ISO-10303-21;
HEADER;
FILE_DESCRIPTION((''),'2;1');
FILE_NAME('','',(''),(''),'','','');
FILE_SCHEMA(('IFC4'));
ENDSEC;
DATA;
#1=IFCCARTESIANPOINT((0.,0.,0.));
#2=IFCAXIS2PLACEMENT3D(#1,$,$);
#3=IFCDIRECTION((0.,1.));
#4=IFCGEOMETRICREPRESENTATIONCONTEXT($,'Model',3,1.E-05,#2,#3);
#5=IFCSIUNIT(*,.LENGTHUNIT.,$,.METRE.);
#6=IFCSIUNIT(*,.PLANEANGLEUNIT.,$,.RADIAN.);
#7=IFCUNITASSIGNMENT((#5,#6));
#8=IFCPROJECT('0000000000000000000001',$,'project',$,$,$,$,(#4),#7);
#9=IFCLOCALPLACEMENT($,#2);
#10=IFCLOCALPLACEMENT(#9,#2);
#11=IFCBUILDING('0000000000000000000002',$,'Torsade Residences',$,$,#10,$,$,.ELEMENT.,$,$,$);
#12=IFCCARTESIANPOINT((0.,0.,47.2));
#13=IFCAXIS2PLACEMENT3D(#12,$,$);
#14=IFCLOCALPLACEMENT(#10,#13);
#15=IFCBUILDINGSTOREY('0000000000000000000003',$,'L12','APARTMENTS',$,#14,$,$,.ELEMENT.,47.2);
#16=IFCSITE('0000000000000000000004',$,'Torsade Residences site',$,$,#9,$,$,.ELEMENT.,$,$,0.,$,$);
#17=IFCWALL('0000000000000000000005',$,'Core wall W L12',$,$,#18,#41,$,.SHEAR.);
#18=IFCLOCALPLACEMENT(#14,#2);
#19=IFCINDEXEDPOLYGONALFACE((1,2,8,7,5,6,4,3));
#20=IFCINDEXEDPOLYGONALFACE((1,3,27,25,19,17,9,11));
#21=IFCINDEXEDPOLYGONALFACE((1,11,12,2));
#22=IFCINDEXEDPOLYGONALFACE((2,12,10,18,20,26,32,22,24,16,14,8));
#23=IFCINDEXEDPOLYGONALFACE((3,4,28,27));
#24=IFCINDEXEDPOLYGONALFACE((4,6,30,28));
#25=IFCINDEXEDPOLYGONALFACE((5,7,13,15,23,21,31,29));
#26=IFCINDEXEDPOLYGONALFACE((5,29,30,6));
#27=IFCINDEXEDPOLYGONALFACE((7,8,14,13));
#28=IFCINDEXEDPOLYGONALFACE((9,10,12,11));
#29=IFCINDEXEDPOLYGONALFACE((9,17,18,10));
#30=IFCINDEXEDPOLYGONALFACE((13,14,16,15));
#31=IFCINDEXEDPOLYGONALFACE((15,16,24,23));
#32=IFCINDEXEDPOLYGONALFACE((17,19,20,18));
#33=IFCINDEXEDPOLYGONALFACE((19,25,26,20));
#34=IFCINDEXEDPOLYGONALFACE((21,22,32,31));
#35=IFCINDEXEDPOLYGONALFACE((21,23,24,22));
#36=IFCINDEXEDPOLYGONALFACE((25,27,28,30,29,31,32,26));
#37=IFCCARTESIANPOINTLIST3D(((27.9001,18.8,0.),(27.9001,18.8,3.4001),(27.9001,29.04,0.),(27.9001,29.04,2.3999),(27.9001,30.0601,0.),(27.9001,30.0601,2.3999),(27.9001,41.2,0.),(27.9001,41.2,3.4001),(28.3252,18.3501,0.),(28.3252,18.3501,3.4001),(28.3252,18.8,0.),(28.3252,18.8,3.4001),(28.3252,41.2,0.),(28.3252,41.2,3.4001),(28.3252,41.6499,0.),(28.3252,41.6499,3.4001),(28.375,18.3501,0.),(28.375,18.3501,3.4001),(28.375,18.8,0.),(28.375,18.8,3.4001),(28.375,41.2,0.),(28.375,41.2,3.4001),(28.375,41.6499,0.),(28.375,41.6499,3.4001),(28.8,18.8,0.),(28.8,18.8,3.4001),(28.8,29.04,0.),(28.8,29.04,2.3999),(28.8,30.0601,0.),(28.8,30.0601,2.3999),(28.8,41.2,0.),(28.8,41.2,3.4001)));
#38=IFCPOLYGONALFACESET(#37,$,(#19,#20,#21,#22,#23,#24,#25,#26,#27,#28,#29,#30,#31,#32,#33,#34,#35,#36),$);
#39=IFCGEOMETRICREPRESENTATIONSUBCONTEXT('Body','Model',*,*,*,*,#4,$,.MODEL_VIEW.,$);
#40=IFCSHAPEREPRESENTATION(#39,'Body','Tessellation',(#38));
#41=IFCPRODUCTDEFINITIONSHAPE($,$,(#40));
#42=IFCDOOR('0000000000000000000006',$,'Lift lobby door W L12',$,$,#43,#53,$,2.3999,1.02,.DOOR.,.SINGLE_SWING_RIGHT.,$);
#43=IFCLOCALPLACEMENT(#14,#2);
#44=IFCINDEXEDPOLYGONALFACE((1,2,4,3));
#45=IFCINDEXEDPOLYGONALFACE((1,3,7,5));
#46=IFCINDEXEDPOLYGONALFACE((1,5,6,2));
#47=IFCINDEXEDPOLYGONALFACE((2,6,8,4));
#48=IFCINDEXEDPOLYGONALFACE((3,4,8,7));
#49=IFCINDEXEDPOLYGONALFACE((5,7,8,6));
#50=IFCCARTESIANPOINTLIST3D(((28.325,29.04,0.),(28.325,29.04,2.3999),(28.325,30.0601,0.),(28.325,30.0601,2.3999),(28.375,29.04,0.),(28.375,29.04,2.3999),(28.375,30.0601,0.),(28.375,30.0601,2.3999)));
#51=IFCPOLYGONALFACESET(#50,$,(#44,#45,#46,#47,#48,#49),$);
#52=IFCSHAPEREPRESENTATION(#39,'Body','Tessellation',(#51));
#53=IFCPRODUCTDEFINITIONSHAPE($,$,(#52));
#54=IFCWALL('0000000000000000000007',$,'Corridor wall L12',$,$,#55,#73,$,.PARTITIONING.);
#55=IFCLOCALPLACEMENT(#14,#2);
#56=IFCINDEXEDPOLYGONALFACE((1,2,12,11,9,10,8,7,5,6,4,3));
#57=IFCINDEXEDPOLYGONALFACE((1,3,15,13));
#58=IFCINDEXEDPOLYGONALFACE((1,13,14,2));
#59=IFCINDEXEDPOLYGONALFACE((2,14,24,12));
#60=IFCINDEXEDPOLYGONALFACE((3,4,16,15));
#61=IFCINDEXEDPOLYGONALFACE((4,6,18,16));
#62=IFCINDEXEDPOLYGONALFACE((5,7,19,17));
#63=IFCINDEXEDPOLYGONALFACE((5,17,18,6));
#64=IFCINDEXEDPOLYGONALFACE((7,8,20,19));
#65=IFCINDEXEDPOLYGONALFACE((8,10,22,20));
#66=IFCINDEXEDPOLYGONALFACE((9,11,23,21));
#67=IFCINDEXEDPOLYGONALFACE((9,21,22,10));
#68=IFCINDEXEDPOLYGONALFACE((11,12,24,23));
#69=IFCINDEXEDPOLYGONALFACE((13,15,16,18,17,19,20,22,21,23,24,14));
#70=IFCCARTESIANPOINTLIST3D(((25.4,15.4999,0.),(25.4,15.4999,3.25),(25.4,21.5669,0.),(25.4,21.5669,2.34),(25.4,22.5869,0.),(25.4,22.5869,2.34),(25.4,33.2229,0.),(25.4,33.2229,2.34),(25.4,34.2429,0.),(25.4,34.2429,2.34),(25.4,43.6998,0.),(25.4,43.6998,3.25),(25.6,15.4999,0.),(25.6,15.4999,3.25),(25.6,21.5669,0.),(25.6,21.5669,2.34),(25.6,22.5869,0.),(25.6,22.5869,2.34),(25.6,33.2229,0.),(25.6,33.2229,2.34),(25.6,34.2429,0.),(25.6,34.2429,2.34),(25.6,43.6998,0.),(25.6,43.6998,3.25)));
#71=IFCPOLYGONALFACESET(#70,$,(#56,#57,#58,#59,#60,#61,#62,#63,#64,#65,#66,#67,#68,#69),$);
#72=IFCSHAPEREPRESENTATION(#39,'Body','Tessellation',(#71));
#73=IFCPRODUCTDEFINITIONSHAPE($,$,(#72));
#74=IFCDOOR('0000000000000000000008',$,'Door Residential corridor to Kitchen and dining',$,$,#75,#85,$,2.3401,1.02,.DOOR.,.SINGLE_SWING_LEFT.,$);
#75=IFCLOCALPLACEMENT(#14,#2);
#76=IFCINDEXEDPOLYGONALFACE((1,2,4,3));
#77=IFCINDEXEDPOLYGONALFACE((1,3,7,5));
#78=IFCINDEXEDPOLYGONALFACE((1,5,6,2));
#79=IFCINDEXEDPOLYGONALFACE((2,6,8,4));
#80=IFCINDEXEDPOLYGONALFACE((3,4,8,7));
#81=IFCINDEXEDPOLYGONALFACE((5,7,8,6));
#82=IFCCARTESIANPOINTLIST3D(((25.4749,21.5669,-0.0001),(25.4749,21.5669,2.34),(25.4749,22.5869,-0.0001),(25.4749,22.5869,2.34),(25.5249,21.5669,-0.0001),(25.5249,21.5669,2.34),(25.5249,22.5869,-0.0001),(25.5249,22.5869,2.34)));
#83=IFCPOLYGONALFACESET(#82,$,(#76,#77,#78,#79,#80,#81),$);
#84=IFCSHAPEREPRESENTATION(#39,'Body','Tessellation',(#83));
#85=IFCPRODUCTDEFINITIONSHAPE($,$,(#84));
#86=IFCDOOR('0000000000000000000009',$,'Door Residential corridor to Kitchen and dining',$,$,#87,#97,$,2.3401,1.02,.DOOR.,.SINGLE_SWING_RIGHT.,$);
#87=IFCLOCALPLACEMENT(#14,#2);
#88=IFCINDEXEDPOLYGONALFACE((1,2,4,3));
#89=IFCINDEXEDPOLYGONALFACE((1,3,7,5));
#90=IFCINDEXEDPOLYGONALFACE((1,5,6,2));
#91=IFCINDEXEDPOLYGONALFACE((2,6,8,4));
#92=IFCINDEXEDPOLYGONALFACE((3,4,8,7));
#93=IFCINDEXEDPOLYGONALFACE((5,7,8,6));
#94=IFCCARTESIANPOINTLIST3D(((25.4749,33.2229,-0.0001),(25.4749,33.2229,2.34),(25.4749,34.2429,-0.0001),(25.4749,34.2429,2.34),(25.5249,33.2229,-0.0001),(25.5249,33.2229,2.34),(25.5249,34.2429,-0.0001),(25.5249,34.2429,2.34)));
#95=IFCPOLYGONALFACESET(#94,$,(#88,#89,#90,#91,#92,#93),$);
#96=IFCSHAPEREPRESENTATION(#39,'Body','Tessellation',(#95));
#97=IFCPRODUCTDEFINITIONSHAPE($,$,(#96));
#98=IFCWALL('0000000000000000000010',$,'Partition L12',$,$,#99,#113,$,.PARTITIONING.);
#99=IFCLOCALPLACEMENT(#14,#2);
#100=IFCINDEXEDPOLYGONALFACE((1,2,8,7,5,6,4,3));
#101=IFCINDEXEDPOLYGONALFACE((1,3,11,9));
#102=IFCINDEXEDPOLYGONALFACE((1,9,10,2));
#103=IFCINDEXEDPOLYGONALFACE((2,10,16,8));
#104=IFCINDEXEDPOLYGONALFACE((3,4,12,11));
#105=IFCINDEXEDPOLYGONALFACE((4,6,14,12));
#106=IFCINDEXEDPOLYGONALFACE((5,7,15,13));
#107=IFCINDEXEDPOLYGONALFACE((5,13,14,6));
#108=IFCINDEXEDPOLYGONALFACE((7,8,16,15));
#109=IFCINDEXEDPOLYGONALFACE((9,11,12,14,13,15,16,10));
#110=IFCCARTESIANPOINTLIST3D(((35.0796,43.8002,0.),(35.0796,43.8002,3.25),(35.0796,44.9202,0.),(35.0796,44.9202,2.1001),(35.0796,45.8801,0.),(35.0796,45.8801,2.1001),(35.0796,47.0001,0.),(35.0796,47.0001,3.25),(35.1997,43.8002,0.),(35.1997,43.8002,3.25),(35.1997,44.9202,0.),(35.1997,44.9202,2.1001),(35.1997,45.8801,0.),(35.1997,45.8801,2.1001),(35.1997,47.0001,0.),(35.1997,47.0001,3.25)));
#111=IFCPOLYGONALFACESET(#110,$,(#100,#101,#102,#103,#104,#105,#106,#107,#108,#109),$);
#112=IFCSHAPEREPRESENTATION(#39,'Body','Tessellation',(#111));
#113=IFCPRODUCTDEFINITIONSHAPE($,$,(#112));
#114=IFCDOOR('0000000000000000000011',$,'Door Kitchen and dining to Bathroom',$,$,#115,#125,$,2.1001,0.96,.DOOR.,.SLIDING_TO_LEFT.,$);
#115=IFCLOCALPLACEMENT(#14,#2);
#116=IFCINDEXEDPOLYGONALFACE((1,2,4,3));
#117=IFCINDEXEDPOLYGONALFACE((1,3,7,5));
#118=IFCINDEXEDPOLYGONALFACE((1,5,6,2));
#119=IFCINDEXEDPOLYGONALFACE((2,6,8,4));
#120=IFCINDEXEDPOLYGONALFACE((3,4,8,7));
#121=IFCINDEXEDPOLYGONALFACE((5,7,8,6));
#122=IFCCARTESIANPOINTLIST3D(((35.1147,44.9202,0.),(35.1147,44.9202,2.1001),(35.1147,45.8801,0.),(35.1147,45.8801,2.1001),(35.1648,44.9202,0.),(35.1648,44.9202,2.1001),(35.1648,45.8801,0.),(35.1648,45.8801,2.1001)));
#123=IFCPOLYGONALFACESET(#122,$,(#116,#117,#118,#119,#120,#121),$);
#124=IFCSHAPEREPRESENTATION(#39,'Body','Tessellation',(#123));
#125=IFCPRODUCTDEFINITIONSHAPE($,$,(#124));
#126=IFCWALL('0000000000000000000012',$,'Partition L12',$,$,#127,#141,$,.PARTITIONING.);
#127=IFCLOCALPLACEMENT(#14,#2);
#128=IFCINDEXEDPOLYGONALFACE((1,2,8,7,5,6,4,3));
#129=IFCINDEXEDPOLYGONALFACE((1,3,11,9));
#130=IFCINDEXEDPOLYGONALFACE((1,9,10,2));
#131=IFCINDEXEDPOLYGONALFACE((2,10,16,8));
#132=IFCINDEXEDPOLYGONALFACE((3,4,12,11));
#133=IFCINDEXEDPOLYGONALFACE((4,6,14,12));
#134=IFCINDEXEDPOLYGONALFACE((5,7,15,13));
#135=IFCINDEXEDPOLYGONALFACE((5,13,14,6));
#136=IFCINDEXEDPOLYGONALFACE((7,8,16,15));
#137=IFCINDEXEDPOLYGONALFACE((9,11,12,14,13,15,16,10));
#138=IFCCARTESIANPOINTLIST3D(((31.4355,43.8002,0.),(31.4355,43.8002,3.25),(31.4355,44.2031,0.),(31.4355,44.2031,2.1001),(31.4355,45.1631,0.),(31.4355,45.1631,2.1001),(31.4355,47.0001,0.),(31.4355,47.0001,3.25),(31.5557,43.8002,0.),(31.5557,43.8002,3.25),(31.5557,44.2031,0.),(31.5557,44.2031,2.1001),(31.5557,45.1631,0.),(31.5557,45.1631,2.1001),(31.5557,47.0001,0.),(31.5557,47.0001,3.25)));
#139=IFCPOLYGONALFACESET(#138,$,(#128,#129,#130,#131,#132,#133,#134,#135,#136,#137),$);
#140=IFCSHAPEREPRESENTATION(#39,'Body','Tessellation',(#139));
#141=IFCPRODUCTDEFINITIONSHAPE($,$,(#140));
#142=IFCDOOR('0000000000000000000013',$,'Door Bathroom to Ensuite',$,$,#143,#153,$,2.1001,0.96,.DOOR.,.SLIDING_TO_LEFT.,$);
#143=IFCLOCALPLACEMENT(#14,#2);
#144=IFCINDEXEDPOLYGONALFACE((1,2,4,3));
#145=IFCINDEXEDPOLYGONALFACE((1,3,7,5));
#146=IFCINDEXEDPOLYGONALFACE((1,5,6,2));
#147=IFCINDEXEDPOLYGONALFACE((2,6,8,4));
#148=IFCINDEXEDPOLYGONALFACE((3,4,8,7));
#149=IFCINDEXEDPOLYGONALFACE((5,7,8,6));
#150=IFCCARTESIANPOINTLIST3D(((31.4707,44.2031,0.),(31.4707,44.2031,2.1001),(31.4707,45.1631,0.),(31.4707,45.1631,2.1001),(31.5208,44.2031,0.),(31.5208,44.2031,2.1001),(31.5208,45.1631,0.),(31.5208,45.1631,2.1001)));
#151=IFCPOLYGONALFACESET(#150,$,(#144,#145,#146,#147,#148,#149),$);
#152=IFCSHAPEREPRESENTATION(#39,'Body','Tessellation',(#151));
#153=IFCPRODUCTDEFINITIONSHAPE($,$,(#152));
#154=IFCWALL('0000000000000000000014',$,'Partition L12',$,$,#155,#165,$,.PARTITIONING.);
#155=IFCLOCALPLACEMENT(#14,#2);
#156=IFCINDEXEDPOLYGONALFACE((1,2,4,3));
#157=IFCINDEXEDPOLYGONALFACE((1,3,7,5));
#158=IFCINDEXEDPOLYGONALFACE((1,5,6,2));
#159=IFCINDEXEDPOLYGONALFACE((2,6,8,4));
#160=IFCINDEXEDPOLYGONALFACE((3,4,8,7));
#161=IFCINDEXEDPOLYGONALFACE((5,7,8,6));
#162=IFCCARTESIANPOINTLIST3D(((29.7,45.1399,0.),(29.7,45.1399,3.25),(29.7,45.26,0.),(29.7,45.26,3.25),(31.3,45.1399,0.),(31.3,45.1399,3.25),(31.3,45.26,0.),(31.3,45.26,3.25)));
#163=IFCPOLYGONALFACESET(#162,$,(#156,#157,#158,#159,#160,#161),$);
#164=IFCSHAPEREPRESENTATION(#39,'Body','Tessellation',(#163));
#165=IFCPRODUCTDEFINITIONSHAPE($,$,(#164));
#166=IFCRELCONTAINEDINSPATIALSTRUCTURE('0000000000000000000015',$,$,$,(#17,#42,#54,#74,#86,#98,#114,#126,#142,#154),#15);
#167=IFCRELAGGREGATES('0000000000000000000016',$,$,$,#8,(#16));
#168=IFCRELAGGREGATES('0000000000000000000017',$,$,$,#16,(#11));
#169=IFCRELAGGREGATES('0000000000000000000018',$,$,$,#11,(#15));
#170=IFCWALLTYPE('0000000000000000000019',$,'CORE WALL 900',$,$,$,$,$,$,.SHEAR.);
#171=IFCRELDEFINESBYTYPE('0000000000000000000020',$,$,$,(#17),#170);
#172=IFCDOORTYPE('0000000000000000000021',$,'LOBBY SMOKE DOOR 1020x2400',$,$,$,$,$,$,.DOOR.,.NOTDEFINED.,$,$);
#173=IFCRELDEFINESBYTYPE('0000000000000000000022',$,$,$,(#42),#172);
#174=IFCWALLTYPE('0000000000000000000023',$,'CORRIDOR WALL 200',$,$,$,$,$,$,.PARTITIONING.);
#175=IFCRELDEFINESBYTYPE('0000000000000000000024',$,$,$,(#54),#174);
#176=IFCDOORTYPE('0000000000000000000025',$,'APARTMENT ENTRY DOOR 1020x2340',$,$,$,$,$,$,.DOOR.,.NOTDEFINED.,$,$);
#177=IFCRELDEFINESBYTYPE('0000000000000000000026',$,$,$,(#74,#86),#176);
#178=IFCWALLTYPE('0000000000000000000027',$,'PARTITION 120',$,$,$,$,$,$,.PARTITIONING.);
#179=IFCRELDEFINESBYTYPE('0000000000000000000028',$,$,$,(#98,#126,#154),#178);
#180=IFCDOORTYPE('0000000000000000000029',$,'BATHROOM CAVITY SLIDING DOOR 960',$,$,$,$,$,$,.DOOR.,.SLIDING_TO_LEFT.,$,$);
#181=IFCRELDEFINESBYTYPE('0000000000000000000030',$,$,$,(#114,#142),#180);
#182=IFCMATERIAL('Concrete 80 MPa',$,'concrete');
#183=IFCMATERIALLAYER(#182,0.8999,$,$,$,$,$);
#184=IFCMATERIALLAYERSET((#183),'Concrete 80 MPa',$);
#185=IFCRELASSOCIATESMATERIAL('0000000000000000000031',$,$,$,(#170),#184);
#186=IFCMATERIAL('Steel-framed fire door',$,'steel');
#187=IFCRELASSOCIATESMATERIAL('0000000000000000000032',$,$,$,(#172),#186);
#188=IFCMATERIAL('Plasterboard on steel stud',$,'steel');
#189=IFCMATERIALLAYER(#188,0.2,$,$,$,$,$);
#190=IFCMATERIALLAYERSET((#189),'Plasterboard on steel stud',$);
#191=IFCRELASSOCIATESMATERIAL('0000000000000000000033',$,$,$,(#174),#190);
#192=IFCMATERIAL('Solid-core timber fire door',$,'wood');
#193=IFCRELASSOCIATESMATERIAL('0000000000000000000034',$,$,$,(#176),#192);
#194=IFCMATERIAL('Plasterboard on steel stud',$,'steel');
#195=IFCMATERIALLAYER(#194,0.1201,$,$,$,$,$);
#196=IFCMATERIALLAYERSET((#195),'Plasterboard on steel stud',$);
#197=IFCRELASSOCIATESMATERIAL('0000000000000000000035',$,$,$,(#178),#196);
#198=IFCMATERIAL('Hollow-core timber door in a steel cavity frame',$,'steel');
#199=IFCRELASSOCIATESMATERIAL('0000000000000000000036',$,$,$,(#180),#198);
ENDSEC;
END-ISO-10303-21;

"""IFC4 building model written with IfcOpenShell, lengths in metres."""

from ifc_helpers import new_model, si_unit, direction, frame, frame_2d, origin, place, context, subcontext, project, spatial, polyline, rectangle, outline, extrude, material, layer, layer_set, type_object, element, fill, save


model = new_model("IFC4")

# Units and contexts
model_context = context("Model", 3, precision=1e-05, world=origin(), true_north=direction((0.0, 1.0)))
body_context = subcontext(model_context, "Body", "Model", "MODEL_VIEW")
ifc_project = project(units=[si_unit("LENGTHUNIT", "METRE"), si_unit("PLANEANGLEUNIT", "RADIAN")], contexts=[model_context])

# Site, building, storey
site_placement = place(None, origin())
site = spatial("IfcSite", under=ifc_project, at=site_placement, Name="Torsade Residences site", CompositionType="ELEMENT", RefElevation=0.0)
building_placement = place(site_placement, origin())
building = spatial("IfcBuilding", under=site, at=building_placement, Name="Torsade Residences", CompositionType="ELEMENT")
storey_placement = place(building_placement, frame((0.0, 0.0, 47.2)))
storey = spatial("IfcBuildingStorey", under=building, at=storey_placement, Name="L12", Description="APARTMENTS", CompositionType="ELEMENT", Elevation=47.2)

# Shared definitions
ifc_material_1 = material(Name="Concrete 80 MPa", Category="concrete")
ifc_layer_1 = layer(ifc_material_1, 0.8999)
ifc_layer_set_1 = layer_set([ifc_layer_1], Name="Concrete 80 MPa")
wall_type_1 = type_object("IfcWallType", Name="CORE WALL 900", PredefinedType="SHEAR", material=ifc_layer_set_1)

# Wall, opening, door
wall_1_placement = place(storey_placement, frame((28.3501, 41.2, 0.0), z_axis=(0.0, 0.0, 1.0), x_axis=(0.0, -1.0, 0.0)))
wall_1 = element("IfcWall", 1, at=wall_1_placement, inside=storey, type_object=wall_type_1, Name="Core wall W L12", PredefinedType="SHEAR", context=body_context, shape_type="SweptSolid", body=[
    extrude(outline(polyline([(0.0, -0.45), (22.3999, -0.45), (22.3999, -0.0249), (22.8499, -0.0249), (22.8499, 0.0249), (22.3999, 0.0249), (22.3999, 0.45), (0.0, 0.45), (0.0, 0.0249), (-0.45, 0.0249), (-0.45, -0.0249), (0.0, -0.0249), (0.0, -0.45)])), origin(), (0.0, 0.0, 1.0), 3.4001),
])
opening_1_placement = place(wall_1_placement, frame((11.1399, 0.0, 0.0)))
opening_1 = element("IfcOpeningElement", 2, at=opening_1_placement, cuts=wall_1, PredefinedType="OPENING", context=body_context, shape_type="SweptSolid", body=[
    extrude(rectangle(XDim=1.02, YDim=2.3999, at=frame_2d((0.51, 1.2))), frame((0.0, 0.46, 0.0), z_axis=(0.0, -1.0, 0.0), x_axis=(1.0, 0.0, 0.0)), (0.0, 0.0, 1.0), 0.9199),
])
ifc_material_2 = material(Name="Steel-framed fire door", Category="steel")
door_type_1 = type_object("IfcDoorType", Name="LOBBY SMOKE DOOR 1020x2400", OperationType="NOTDEFINED", PredefinedType="DOOR", material=ifc_material_2)
door_1_placement = place(opening_1_placement, origin())
door_1 = element("IfcDoor", 3, at=door_1_placement, inside=storey, type_object=door_type_1, Name="Lift lobby door W L12", OperationType="SINGLE_SWING_RIGHT", OverallHeight=2.3999, OverallWidth=1.02, PredefinedType="DOOR", context=body_context, shape_type="SweptSolid", body=[
    extrude(rectangle(XDim=1.02, YDim=2.3999, at=frame_2d((0.51, 1.2))), frame((0.0, 0.0249, 0.0), z_axis=(0.0, -1.0, 0.0), x_axis=(1.0, 0.0, 0.0)), (0.0, 0.0, 1.0), 0.05),
])
fill(opening_1, door_1)

# Wall, openings, doors
ifc_material_3 = material(Name="Plasterboard on steel stud", Category="steel")
ifc_layer_2 = layer(ifc_material_3, 0.2)
ifc_layer_set_2 = layer_set([ifc_layer_2], Name="Plasterboard on steel stud")
wall_type_2 = type_object("IfcWallType", Name="CORRIDOR WALL 200", PredefinedType="PARTITIONING", material=ifc_layer_set_2)
wall_2_placement = place(storey_placement, frame((25.5, 43.7, 0.0), z_axis=(0.0, 0.0, 1.0), x_axis=(0.0, -1.0, 0.0)))
wall_2 = element("IfcWall", 4, at=wall_2_placement, inside=storey, type_object=wall_type_2, Name="Corridor wall L12", PredefinedType="PARTITIONING", context=body_context, shape_type="SweptSolid", body=[
    extrude(rectangle(XDim=28.2, YDim=0.2, at=frame_2d((14.1001, 0.0))), origin(), (0.0, 0.0, 1.0), 3.25),
])
opening_2_placement = place(wall_2_placement, frame((21.113, 0.0, 0.0)))
opening_2 = element("IfcOpeningElement", 5, at=opening_2_placement, cuts=wall_2, PredefinedType="OPENING", context=body_context, shape_type="SweptSolid", body=[
    extrude(rectangle(XDim=1.02, YDim=2.3401, at=frame_2d((0.51, 1.1699))), frame((0.0, 0.1099, 0.0), z_axis=(0.0, -1.0, 0.0), x_axis=(1.0, 0.0, 0.0)), (0.0, 0.0, 1.0), 0.22),
])
opening_3_placement = place(wall_2_placement, frame((9.457, 0.0, 0.0)))
opening_3 = element("IfcOpeningElement", 6, at=opening_3_placement, cuts=wall_2, PredefinedType="OPENING", context=body_context, shape_type="SweptSolid", body=[
    extrude(rectangle(XDim=1.02, YDim=2.3401, at=frame_2d((0.51, 1.1699))), frame((0.0, 0.1099, 0.0), z_axis=(0.0, -1.0, 0.0), x_axis=(1.0, 0.0, 0.0)), (0.0, 0.0, 1.0), 0.22),
])
ifc_material_4 = material(Name="Solid-core timber fire door", Category="wood")
door_type_2 = type_object("IfcDoorType", Name="APARTMENT ENTRY DOOR 1020x2340", OperationType="NOTDEFINED", PredefinedType="DOOR", material=ifc_material_4)
door_2_placement = place(opening_2_placement, origin())
door_2 = element("IfcDoor", 7, at=door_2_placement, inside=storey, type_object=door_type_2, Name="Door Residential corridor to Kitchen and dining", OperationType="SINGLE_SWING_LEFT", OverallHeight=2.3401, OverallWidth=1.02, PredefinedType="DOOR", context=body_context, shape_type="SweptSolid", body=[
    extrude(rectangle(XDim=1.02, YDim=2.3401, at=frame_2d((0.51, 1.1699))), frame((0.0, 0.0249, 0.0), z_axis=(0.0, -1.0, 0.0), x_axis=(1.0, 0.0, 0.0)), (0.0, 0.0, 1.0), 0.05),
])
fill(opening_2, door_2)
door_3_placement = place(opening_3_placement, origin())
door_3 = element("IfcDoor", 8, at=door_3_placement, inside=storey, type_object=door_type_2, Name="Door Residential corridor to Kitchen and dining", OperationType="SINGLE_SWING_RIGHT", OverallHeight=2.3401, OverallWidth=1.02, PredefinedType="DOOR", context=body_context, shape_type="SweptSolid", body=[
    extrude(rectangle(XDim=1.02, YDim=2.3401, at=frame_2d((0.51, 1.1699))), frame((0.0, 0.0249, 0.0), z_axis=(0.0, -1.0, 0.0), x_axis=(1.0, 0.0, 0.0)), (0.0, 0.0, 1.0), 0.05),
])
fill(opening_3, door_3)

# Walls, openings, doors
ifc_material_5 = material(Name="Plasterboard on steel stud", Category="steel")
ifc_layer_3 = layer(ifc_material_5, 0.1201)
ifc_layer_set_3 = layer_set([ifc_layer_3], Name="Plasterboard on steel stud")
wall_type_3 = type_object("IfcWallType", Name="PARTITION 120", PredefinedType="PARTITIONING", material=ifc_layer_set_3)
wall_3_placement = place(storey_placement, frame((35.1396, 43.8, 0.0), z_axis=(0.0, 0.0, 1.0), x_axis=(0.0, 1.0, 0.0)))
wall_3 = element("IfcWall", 9, at=wall_3_placement, inside=storey, type_object=wall_type_3, Name="Partition L12", PredefinedType="PARTITIONING", context=body_context, shape_type="SweptSolid", body=[
    extrude(rectangle(XDim=3.2, YDim=0.1201, at=frame_2d((1.6001, 0.0))), origin(), (0.0, 0.0, 1.0), 3.25),
])
opening_4_placement = place(wall_3_placement, frame((1.1201, 0.0, 0.0)))
opening_4 = element("IfcOpeningElement", 10, at=opening_4_placement, cuts=wall_3, PredefinedType="OPENING", context=body_context, shape_type="SweptSolid", body=[
    extrude(rectangle(XDim=0.96, YDim=2.1001, at=frame_2d((0.48, 1.05))), frame((0.0, 0.0701, 0.0), z_axis=(0.0, -1.0, 0.0), x_axis=(1.0, 0.0, 0.0)), (0.0, 0.0, 1.0), 0.1401),
])
ifc_material_6 = material(Name="Hollow-core timber door in a steel cavity frame", Category="steel")
door_type_3 = type_object("IfcDoorType", Name="BATHROOM CAVITY SLIDING DOOR 960", OperationType="SLIDING_TO_LEFT", PredefinedType="DOOR", material=ifc_material_6)
door_4_placement = place(opening_4_placement, origin())
door_4 = element("IfcDoor", 11, at=door_4_placement, inside=storey, type_object=door_type_3, Name="Door Kitchen and dining to Bathroom", OperationType="SLIDING_TO_LEFT", OverallHeight=2.1001, OverallWidth=0.96, PredefinedType="DOOR", context=body_context, shape_type="SweptSolid", body=[
    extrude(rectangle(XDim=0.96, YDim=2.1001, at=frame_2d((0.48, 1.05))), frame((0.0, 0.0249, 0.0), z_axis=(0.0, -1.0, 0.0), x_axis=(1.0, 0.0, 0.0)), (0.0, 0.0, 1.0), 0.05),
])
fill(opening_4, door_4)
wall_4_placement = place(storey_placement, frame((31.4956, 43.8, 0.0), z_axis=(0.0, 0.0, 1.0), x_axis=(0.0, 1.0, 0.0)))
wall_4 = element("IfcWall", 12, at=wall_4_placement, inside=storey, type_object=wall_type_3, Name="Partition L12", PredefinedType="PARTITIONING", context=body_context, shape_type="SweptSolid", body=[
    extrude(rectangle(XDim=3.2, YDim=0.1201, at=frame_2d((1.6001, 0.0))), origin(), (0.0, 0.0, 1.0), 3.25),
])
opening_5_placement = place(wall_4_placement, frame((0.4031, 0.0, 0.0)))
opening_5 = element("IfcOpeningElement", 13, at=opening_5_placement, cuts=wall_4, PredefinedType="OPENING", context=body_context, shape_type="SweptSolid", body=[
    extrude(rectangle(XDim=0.96, YDim=2.1001, at=frame_2d((0.48, 1.05))), frame((0.0, 0.0701, 0.0), z_axis=(0.0, -1.0, 0.0), x_axis=(1.0, 0.0, 0.0)), (0.0, 0.0, 1.0), 0.1401),
])
door_5_placement = place(opening_5_placement, origin())
door_5 = element("IfcDoor", 14, at=door_5_placement, inside=storey, type_object=door_type_3, Name="Door Bathroom to Ensuite", OperationType="SLIDING_TO_LEFT", OverallHeight=2.1001, OverallWidth=0.96, PredefinedType="DOOR", context=body_context, shape_type="SweptSolid", body=[
    extrude(rectangle(XDim=0.96, YDim=2.1001, at=frame_2d((0.48, 1.05))), frame((0.0, 0.0249, 0.0), z_axis=(0.0, -1.0, 0.0), x_axis=(1.0, 0.0, 0.0)), (0.0, 0.0, 1.0), 0.05),
])
fill(opening_5, door_5)

# Wall
wall_5_placement = place(storey_placement, frame((29.7, 45.2, 0.0), z_axis=(0.0, 0.0, 1.0), x_axis=(1.0, 0.0, 0.0)))
element("IfcWall", 15, at=wall_5_placement, inside=storey, type_object=wall_type_3, Name="Partition L12", PredefinedType="PARTITIONING", context=body_context, shape_type="SweptSolid", body=[
    extrude(rectangle(XDim=1.6001, YDim=0.1201, at=frame_2d((0.8, 0.0))), origin(), (0.0, 0.0, 1.0), 3.25),
])

save(model, "model.ifc")
